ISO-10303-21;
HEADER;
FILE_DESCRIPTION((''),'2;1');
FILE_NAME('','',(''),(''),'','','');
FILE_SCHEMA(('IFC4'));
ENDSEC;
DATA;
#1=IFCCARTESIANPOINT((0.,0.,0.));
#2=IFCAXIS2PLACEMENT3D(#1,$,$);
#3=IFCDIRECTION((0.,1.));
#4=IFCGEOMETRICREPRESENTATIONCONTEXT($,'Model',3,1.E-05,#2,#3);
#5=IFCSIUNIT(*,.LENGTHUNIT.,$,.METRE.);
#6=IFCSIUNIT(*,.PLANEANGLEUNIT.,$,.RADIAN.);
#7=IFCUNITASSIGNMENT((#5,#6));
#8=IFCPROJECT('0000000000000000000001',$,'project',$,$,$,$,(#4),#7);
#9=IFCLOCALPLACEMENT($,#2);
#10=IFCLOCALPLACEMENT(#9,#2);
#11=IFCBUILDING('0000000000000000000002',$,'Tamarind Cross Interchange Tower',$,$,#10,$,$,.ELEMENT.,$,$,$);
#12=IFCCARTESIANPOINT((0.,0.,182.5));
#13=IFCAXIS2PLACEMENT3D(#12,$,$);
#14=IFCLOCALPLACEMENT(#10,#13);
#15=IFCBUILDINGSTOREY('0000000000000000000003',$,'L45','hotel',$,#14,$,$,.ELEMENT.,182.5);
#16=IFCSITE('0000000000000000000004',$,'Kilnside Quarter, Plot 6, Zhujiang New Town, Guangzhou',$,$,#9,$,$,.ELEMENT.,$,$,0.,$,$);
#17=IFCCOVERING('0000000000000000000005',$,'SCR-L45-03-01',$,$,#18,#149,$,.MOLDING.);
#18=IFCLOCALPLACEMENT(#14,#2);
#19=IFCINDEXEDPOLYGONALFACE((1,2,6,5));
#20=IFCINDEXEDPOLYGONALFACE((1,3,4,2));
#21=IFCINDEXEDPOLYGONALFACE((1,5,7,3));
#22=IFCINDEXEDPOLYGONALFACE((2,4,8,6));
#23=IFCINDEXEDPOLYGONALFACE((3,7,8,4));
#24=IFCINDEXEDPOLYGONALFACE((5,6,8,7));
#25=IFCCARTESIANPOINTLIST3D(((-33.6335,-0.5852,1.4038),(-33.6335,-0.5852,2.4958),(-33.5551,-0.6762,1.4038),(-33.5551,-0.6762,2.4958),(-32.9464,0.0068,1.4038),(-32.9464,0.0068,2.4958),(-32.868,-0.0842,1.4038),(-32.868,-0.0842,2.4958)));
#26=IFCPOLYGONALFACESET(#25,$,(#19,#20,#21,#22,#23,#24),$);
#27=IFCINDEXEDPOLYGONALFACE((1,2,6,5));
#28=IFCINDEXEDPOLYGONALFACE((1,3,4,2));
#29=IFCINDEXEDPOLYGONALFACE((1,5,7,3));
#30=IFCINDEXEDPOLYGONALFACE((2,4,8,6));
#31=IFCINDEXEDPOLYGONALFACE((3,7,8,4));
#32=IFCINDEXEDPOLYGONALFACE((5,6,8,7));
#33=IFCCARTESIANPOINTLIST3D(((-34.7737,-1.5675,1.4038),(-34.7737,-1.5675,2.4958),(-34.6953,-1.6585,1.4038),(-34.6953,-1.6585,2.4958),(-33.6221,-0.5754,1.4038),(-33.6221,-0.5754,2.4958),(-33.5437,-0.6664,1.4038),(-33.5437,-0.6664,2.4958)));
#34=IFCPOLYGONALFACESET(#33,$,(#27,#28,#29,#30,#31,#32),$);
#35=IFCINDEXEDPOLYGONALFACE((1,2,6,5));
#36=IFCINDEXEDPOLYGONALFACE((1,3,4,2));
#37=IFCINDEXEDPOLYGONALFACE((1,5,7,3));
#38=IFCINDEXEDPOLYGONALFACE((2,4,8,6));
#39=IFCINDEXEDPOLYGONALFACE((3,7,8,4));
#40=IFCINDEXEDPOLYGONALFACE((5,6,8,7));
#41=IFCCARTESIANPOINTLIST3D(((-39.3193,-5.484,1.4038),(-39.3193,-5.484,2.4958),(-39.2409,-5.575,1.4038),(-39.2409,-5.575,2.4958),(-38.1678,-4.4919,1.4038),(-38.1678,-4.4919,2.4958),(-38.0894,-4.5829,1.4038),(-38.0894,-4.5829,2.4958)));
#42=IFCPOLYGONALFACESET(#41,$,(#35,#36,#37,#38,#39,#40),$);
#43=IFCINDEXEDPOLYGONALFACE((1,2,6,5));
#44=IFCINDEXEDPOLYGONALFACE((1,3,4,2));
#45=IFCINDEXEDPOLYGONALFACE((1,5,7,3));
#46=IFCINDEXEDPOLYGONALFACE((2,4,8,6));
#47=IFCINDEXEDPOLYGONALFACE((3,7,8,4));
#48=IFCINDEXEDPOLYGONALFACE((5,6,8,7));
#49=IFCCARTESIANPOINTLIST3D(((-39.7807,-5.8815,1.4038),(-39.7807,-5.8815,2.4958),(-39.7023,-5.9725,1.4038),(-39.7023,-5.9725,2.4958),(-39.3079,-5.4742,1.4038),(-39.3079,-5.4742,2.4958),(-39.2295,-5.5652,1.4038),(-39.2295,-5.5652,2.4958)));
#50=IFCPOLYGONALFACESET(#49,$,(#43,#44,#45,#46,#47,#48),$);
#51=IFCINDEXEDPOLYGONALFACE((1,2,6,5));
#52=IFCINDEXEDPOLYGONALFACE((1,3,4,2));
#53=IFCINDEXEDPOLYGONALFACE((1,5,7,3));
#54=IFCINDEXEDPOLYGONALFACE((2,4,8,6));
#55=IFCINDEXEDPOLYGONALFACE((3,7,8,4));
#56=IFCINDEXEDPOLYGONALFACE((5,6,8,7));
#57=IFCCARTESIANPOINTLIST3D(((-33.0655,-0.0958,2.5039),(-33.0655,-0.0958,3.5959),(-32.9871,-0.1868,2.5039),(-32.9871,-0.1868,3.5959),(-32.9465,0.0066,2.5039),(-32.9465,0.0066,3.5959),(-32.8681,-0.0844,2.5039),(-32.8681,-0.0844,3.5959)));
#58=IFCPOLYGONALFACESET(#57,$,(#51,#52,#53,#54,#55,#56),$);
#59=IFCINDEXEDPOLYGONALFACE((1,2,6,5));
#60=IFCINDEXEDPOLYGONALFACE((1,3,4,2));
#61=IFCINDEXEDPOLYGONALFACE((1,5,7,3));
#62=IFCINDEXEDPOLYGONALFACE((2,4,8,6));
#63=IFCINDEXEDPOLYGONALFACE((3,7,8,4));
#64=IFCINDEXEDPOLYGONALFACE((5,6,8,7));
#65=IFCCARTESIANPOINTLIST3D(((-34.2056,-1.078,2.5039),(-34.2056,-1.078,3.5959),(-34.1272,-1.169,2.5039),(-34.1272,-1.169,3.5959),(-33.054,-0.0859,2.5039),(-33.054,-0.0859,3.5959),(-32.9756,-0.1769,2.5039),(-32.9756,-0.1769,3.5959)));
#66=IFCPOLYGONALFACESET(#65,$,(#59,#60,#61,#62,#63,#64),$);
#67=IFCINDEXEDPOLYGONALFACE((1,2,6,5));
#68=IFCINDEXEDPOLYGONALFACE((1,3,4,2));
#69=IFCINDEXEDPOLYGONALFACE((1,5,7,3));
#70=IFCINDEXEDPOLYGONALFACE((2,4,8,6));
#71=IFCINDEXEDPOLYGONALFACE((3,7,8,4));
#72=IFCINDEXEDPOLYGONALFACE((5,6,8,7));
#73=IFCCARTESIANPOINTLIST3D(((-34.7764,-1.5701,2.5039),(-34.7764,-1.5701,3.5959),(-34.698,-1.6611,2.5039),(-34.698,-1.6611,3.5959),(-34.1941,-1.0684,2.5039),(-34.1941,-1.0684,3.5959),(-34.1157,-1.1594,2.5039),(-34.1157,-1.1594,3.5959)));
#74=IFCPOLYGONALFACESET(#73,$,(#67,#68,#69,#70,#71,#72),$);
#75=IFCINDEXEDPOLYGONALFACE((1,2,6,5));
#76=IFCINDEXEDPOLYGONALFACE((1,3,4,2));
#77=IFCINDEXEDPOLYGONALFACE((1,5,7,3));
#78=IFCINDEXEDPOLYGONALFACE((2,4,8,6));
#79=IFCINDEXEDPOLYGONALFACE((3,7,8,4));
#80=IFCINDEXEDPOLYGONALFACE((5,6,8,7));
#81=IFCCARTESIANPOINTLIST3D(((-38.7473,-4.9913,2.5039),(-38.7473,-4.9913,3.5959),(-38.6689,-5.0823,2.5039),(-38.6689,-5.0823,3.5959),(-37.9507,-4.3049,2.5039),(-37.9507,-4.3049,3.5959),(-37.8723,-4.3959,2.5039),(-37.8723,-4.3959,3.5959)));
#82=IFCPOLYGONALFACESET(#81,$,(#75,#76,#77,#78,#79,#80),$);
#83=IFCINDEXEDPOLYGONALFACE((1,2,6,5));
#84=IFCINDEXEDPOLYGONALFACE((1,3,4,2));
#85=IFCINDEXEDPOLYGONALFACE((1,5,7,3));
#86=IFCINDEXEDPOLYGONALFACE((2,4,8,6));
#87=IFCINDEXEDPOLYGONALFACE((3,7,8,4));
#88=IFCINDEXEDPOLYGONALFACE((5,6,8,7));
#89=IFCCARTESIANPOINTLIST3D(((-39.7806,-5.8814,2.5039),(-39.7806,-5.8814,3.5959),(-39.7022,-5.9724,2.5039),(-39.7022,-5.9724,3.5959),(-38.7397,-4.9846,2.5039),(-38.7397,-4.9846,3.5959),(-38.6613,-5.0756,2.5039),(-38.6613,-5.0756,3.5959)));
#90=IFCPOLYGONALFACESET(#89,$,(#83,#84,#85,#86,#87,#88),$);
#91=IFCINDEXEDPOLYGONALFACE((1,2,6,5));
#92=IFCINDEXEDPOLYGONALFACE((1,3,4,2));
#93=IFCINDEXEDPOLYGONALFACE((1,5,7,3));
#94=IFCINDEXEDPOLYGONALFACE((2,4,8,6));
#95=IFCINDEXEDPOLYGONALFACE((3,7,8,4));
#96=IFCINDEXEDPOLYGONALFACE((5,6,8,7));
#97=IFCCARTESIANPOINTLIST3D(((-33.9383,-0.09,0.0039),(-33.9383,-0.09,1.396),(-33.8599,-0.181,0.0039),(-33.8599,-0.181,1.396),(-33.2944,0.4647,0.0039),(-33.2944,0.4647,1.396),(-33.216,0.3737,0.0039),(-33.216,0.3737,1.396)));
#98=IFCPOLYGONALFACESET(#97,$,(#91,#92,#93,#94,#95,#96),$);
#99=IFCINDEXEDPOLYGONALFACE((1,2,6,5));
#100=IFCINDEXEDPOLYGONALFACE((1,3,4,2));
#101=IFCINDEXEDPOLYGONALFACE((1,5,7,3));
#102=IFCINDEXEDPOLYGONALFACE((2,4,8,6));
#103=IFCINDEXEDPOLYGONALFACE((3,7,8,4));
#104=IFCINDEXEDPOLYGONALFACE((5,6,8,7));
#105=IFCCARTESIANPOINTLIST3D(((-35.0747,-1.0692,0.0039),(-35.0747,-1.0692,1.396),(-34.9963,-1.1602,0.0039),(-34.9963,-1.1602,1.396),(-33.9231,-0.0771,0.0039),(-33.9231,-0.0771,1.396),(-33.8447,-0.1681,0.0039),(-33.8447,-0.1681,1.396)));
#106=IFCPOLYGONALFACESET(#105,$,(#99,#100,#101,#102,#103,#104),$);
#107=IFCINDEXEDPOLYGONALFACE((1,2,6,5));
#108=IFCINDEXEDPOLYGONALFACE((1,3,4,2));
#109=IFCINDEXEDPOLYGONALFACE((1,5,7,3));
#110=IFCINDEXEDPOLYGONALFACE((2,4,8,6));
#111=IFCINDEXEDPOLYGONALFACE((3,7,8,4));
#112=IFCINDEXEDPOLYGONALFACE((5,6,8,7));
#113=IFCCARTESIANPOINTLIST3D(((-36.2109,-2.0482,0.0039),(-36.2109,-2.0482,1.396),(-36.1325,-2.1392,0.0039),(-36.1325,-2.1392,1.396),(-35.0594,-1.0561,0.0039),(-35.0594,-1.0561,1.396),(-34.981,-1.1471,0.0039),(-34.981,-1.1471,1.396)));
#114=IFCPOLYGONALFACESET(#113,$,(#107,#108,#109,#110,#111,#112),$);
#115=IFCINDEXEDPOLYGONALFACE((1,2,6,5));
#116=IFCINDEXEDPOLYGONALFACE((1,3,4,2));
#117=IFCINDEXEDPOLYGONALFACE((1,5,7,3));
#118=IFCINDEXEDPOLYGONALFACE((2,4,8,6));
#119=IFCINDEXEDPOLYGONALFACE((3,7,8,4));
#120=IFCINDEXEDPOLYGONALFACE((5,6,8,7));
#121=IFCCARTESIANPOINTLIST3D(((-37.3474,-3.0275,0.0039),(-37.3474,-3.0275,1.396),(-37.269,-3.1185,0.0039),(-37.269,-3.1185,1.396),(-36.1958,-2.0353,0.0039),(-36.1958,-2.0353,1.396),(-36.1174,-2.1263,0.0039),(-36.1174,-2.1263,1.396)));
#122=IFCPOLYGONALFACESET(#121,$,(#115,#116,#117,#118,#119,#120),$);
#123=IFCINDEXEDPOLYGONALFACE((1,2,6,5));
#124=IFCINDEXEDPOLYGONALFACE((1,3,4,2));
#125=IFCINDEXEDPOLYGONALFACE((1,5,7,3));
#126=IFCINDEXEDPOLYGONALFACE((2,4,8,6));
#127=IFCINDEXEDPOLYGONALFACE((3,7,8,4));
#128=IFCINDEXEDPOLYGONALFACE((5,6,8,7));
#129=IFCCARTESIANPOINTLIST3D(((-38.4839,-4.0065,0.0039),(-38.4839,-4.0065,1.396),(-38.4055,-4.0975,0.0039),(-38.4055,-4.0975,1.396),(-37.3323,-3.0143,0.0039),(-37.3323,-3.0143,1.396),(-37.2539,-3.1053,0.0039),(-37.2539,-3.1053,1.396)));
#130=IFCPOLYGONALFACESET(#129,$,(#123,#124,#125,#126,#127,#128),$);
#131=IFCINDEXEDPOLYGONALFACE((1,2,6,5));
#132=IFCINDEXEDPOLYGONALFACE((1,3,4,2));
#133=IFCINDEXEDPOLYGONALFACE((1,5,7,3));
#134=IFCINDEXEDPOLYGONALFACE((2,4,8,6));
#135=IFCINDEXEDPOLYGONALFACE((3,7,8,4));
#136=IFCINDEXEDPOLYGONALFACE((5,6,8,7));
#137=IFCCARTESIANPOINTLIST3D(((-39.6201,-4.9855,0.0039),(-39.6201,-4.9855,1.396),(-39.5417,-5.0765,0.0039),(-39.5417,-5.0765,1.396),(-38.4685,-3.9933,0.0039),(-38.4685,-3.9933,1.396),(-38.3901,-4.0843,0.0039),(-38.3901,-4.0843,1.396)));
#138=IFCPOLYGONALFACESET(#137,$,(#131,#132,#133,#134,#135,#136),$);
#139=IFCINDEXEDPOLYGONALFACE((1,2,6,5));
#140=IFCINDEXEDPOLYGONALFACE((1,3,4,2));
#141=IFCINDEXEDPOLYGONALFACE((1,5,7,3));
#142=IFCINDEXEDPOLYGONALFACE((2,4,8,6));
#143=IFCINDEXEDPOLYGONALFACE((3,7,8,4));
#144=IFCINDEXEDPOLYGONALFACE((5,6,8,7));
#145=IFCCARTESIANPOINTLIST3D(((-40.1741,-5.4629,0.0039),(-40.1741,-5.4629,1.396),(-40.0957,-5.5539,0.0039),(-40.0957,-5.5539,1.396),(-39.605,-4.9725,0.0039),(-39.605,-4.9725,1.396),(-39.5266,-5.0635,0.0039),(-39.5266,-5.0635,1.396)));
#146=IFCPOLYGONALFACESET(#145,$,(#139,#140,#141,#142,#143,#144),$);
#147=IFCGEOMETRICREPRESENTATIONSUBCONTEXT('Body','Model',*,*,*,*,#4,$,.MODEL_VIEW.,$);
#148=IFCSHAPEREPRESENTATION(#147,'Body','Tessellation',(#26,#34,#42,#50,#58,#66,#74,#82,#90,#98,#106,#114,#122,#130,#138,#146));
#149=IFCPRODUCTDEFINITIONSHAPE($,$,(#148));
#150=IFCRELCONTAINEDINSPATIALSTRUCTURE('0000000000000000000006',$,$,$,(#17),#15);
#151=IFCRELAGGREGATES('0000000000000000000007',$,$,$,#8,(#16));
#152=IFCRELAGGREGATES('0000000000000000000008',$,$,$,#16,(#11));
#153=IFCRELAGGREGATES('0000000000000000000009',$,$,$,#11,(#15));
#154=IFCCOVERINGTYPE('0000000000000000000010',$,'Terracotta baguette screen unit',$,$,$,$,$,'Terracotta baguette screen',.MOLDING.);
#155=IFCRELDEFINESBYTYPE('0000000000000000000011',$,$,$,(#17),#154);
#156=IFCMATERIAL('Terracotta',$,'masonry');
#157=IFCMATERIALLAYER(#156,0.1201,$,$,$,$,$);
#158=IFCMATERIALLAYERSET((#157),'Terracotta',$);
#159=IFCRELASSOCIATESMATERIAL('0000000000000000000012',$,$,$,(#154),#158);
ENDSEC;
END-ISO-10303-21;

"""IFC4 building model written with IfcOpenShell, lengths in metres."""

from ifc_helpers import new_model, si_unit, direction, frame, origin, origin_2d, place, context, subcontext, project, spatial, rectangle, extrude, material, layer, layer_set, type_object, element, save


model = new_model("IFC4")

# Units and contexts
model_context = context("Model", 3, precision=1e-05, world=origin(), true_north=direction((0.0, 1.0)))
body_context = subcontext(model_context, "Body", "Model", "MODEL_VIEW")
ifc_project = project(units=[si_unit("LENGTHUNIT", "METRE"), si_unit("PLANEANGLEUNIT", "RADIAN")], contexts=[model_context])

# Site, building, storey
site_placement = place(None, origin())
site = spatial("IfcSite", under=ifc_project, at=site_placement, Name="Kilnside Quarter, Plot 6, Zhujiang New Town, Guangzhou", CompositionType="ELEMENT", RefElevation=0.0)
building_placement = place(site_placement, origin())
building = spatial("IfcBuilding", under=site, at=building_placement, Name="Tamarind Cross Interchange Tower", CompositionType="ELEMENT")
storey_placement = place(building_placement, frame((0.0, 0.0, 182.5)))
storey = spatial("IfcBuildingStorey", under=building, at=storey_placement, Name="L45", Description="hotel", CompositionType="ELEMENT", Elevation=182.5)

# Covering
ifc_material_1 = material(Name="Terracotta", Category="masonry")
ifc_layer_1 = layer(ifc_material_1, 0.1201)
ifc_layer_set_1 = layer_set([ifc_layer_1], Name="Terracotta")
covering_type = type_object("IfcCoveringType", Name="Terracotta baguette screen unit", ElementType="Terracotta baguette screen", PredefinedType="MOLDING", material=ifc_layer_set_1)
covering_1_placement = place(storey_placement, origin())
element("IfcCovering", 1, at=covering_1_placement, inside=storey, type_object=covering_type, Name="SCR-L45-03-01", PredefinedType="MOLDING", context=body_context, shape_type="SweptSolid", body=[
    extrude(rectangle(XDim=0.907, YDim=0.1201, at=origin_2d()), frame((-33.2507, -0.3347, 1.4038), z_axis=(0.0, 0.0, 1.0), x_axis=(-0.757597, -0.652723, 0.0)), (0.0, 0.0, 1.0), 1.092),
    extrude(rectangle(XDim=1.52, YDim=0.1201, at=origin_2d()), frame((-34.1587, -1.1169, 1.4038), z_axis=(0.0, 0.0, 1.0), x_axis=(-0.757597, -0.652723, 0.0)), (0.0, 0.0, 1.0), 1.092),
    extrude(rectangle(XDim=1.52, YDim=0.1201, at=origin_2d()), frame((-38.7043, -5.0334, 1.4038), z_axis=(0.0, 0.0, 1.0), x_axis=(-0.757597, -0.652723, 0.0)), (0.0, 0.0, 1.0), 1.092),
    extrude(rectangle(XDim=0.624, YDim=0.1201, at=origin_2d()), frame((-39.5051, -5.7234, 1.4038), z_axis=(0.0, 0.0, 1.0), x_axis=(-0.757597, -0.652723, 0.0)), (0.0, 0.0, 1.0), 1.092),
    extrude(rectangle(XDim=0.157, YDim=0.1201, at=origin_2d()), frame((-32.9668, -0.0901, 2.5039), z_axis=(0.0, 0.0, 1.0), x_axis=(-0.757597, -0.652723, 0.0)), (0.0, 0.0, 1.0), 1.092),
    extrude(rectangle(XDim=1.52, YDim=0.1201, at=origin_2d()), frame((-33.5906, -0.6274, 2.5039), z_axis=(0.0, 0.0, 1.0), x_axis=(-0.757597, -0.652723, 0.0)), (0.0, 0.0, 1.0), 1.092),
    extrude(rectangle(XDim=0.7686, YDim=0.1201, at=origin_2d()), frame((-34.446, -1.3647, 2.5039), z_axis=(0.0, 0.0, 1.0), x_axis=(-0.757597, -0.652723, 0.0)), (0.0, 0.0, 1.0), 1.092),
    extrude(rectangle(XDim=1.0515, YDim=0.1201, at=origin_2d()), frame((-38.3098, -4.6936, 2.5039), z_axis=(0.0, 0.0, 1.0), x_axis=(-0.757597, -0.652723, 0.0)), (0.0, 0.0, 1.0), 1.092),
    extrude(rectangle(XDim=1.374, YDim=0.1201, at=origin_2d()), frame((-39.2209, -5.4785, 2.5039), z_axis=(0.0, 0.0, 1.0), x_axis=(-0.757597, -0.652723, 0.0)), (0.0, 0.0, 1.0), 1.092),
    extrude(rectangle(XDim=0.8499, YDim=0.1201, at=origin_2d()), frame((-33.5771, 0.1418, 0.0039), z_axis=(0.0, 0.0, 1.0), x_axis=(-0.757597, -0.652723, 0.0)), (0.0, 0.0, 1.0), 1.3921),
    extrude(rectangle(XDim=1.52, YDim=0.1201, at=origin_2d()), frame((-34.4597, -0.6187, 0.0039), z_axis=(0.0, 0.0, 1.0), x_axis=(-0.757597, -0.652723, 0.0)), (0.0, 0.0, 1.0), 1.3921),
    extrude(rectangle(XDim=1.52, YDim=0.1201, at=origin_2d()), frame((-35.5959, -1.5977, 0.0039), z_axis=(0.0, 0.0, 1.0), x_axis=(-0.757597, -0.652723, 0.0)), (0.0, 0.0, 1.0), 1.3921),
    extrude(rectangle(XDim=1.52, YDim=0.1201, at=origin_2d()), frame((-36.7324, -2.5769, 0.0039), z_axis=(0.0, 0.0, 1.0), x_axis=(-0.757597, -0.652723, 0.0)), (0.0, 0.0, 1.0), 1.3921),
    extrude(rectangle(XDim=1.52, YDim=0.1201, at=origin_2d()), frame((-37.8689, -3.5559, 0.0039), z_axis=(0.0, 0.0, 1.0), x_axis=(-0.757597, -0.652723, 0.0)), (0.0, 0.0, 1.0), 1.3921),
    extrude(rectangle(XDim=1.52, YDim=0.1201, at=origin_2d()), frame((-39.0051, -4.5349, 0.0039), z_axis=(0.0, 0.0, 1.0), x_axis=(-0.757597, -0.652723, 0.0)), (0.0, 0.0, 1.0), 1.3921),
    extrude(rectangle(XDim=0.7512, YDim=0.1201, at=origin_2d()), frame((-39.8503, -5.2632, 0.0039), z_axis=(0.0, 0.0, 1.0), x_axis=(-0.757597, -0.652723, 0.0)), (0.0, 0.0, 1.0), 1.3921),
])

save(model, "model.ifc")
